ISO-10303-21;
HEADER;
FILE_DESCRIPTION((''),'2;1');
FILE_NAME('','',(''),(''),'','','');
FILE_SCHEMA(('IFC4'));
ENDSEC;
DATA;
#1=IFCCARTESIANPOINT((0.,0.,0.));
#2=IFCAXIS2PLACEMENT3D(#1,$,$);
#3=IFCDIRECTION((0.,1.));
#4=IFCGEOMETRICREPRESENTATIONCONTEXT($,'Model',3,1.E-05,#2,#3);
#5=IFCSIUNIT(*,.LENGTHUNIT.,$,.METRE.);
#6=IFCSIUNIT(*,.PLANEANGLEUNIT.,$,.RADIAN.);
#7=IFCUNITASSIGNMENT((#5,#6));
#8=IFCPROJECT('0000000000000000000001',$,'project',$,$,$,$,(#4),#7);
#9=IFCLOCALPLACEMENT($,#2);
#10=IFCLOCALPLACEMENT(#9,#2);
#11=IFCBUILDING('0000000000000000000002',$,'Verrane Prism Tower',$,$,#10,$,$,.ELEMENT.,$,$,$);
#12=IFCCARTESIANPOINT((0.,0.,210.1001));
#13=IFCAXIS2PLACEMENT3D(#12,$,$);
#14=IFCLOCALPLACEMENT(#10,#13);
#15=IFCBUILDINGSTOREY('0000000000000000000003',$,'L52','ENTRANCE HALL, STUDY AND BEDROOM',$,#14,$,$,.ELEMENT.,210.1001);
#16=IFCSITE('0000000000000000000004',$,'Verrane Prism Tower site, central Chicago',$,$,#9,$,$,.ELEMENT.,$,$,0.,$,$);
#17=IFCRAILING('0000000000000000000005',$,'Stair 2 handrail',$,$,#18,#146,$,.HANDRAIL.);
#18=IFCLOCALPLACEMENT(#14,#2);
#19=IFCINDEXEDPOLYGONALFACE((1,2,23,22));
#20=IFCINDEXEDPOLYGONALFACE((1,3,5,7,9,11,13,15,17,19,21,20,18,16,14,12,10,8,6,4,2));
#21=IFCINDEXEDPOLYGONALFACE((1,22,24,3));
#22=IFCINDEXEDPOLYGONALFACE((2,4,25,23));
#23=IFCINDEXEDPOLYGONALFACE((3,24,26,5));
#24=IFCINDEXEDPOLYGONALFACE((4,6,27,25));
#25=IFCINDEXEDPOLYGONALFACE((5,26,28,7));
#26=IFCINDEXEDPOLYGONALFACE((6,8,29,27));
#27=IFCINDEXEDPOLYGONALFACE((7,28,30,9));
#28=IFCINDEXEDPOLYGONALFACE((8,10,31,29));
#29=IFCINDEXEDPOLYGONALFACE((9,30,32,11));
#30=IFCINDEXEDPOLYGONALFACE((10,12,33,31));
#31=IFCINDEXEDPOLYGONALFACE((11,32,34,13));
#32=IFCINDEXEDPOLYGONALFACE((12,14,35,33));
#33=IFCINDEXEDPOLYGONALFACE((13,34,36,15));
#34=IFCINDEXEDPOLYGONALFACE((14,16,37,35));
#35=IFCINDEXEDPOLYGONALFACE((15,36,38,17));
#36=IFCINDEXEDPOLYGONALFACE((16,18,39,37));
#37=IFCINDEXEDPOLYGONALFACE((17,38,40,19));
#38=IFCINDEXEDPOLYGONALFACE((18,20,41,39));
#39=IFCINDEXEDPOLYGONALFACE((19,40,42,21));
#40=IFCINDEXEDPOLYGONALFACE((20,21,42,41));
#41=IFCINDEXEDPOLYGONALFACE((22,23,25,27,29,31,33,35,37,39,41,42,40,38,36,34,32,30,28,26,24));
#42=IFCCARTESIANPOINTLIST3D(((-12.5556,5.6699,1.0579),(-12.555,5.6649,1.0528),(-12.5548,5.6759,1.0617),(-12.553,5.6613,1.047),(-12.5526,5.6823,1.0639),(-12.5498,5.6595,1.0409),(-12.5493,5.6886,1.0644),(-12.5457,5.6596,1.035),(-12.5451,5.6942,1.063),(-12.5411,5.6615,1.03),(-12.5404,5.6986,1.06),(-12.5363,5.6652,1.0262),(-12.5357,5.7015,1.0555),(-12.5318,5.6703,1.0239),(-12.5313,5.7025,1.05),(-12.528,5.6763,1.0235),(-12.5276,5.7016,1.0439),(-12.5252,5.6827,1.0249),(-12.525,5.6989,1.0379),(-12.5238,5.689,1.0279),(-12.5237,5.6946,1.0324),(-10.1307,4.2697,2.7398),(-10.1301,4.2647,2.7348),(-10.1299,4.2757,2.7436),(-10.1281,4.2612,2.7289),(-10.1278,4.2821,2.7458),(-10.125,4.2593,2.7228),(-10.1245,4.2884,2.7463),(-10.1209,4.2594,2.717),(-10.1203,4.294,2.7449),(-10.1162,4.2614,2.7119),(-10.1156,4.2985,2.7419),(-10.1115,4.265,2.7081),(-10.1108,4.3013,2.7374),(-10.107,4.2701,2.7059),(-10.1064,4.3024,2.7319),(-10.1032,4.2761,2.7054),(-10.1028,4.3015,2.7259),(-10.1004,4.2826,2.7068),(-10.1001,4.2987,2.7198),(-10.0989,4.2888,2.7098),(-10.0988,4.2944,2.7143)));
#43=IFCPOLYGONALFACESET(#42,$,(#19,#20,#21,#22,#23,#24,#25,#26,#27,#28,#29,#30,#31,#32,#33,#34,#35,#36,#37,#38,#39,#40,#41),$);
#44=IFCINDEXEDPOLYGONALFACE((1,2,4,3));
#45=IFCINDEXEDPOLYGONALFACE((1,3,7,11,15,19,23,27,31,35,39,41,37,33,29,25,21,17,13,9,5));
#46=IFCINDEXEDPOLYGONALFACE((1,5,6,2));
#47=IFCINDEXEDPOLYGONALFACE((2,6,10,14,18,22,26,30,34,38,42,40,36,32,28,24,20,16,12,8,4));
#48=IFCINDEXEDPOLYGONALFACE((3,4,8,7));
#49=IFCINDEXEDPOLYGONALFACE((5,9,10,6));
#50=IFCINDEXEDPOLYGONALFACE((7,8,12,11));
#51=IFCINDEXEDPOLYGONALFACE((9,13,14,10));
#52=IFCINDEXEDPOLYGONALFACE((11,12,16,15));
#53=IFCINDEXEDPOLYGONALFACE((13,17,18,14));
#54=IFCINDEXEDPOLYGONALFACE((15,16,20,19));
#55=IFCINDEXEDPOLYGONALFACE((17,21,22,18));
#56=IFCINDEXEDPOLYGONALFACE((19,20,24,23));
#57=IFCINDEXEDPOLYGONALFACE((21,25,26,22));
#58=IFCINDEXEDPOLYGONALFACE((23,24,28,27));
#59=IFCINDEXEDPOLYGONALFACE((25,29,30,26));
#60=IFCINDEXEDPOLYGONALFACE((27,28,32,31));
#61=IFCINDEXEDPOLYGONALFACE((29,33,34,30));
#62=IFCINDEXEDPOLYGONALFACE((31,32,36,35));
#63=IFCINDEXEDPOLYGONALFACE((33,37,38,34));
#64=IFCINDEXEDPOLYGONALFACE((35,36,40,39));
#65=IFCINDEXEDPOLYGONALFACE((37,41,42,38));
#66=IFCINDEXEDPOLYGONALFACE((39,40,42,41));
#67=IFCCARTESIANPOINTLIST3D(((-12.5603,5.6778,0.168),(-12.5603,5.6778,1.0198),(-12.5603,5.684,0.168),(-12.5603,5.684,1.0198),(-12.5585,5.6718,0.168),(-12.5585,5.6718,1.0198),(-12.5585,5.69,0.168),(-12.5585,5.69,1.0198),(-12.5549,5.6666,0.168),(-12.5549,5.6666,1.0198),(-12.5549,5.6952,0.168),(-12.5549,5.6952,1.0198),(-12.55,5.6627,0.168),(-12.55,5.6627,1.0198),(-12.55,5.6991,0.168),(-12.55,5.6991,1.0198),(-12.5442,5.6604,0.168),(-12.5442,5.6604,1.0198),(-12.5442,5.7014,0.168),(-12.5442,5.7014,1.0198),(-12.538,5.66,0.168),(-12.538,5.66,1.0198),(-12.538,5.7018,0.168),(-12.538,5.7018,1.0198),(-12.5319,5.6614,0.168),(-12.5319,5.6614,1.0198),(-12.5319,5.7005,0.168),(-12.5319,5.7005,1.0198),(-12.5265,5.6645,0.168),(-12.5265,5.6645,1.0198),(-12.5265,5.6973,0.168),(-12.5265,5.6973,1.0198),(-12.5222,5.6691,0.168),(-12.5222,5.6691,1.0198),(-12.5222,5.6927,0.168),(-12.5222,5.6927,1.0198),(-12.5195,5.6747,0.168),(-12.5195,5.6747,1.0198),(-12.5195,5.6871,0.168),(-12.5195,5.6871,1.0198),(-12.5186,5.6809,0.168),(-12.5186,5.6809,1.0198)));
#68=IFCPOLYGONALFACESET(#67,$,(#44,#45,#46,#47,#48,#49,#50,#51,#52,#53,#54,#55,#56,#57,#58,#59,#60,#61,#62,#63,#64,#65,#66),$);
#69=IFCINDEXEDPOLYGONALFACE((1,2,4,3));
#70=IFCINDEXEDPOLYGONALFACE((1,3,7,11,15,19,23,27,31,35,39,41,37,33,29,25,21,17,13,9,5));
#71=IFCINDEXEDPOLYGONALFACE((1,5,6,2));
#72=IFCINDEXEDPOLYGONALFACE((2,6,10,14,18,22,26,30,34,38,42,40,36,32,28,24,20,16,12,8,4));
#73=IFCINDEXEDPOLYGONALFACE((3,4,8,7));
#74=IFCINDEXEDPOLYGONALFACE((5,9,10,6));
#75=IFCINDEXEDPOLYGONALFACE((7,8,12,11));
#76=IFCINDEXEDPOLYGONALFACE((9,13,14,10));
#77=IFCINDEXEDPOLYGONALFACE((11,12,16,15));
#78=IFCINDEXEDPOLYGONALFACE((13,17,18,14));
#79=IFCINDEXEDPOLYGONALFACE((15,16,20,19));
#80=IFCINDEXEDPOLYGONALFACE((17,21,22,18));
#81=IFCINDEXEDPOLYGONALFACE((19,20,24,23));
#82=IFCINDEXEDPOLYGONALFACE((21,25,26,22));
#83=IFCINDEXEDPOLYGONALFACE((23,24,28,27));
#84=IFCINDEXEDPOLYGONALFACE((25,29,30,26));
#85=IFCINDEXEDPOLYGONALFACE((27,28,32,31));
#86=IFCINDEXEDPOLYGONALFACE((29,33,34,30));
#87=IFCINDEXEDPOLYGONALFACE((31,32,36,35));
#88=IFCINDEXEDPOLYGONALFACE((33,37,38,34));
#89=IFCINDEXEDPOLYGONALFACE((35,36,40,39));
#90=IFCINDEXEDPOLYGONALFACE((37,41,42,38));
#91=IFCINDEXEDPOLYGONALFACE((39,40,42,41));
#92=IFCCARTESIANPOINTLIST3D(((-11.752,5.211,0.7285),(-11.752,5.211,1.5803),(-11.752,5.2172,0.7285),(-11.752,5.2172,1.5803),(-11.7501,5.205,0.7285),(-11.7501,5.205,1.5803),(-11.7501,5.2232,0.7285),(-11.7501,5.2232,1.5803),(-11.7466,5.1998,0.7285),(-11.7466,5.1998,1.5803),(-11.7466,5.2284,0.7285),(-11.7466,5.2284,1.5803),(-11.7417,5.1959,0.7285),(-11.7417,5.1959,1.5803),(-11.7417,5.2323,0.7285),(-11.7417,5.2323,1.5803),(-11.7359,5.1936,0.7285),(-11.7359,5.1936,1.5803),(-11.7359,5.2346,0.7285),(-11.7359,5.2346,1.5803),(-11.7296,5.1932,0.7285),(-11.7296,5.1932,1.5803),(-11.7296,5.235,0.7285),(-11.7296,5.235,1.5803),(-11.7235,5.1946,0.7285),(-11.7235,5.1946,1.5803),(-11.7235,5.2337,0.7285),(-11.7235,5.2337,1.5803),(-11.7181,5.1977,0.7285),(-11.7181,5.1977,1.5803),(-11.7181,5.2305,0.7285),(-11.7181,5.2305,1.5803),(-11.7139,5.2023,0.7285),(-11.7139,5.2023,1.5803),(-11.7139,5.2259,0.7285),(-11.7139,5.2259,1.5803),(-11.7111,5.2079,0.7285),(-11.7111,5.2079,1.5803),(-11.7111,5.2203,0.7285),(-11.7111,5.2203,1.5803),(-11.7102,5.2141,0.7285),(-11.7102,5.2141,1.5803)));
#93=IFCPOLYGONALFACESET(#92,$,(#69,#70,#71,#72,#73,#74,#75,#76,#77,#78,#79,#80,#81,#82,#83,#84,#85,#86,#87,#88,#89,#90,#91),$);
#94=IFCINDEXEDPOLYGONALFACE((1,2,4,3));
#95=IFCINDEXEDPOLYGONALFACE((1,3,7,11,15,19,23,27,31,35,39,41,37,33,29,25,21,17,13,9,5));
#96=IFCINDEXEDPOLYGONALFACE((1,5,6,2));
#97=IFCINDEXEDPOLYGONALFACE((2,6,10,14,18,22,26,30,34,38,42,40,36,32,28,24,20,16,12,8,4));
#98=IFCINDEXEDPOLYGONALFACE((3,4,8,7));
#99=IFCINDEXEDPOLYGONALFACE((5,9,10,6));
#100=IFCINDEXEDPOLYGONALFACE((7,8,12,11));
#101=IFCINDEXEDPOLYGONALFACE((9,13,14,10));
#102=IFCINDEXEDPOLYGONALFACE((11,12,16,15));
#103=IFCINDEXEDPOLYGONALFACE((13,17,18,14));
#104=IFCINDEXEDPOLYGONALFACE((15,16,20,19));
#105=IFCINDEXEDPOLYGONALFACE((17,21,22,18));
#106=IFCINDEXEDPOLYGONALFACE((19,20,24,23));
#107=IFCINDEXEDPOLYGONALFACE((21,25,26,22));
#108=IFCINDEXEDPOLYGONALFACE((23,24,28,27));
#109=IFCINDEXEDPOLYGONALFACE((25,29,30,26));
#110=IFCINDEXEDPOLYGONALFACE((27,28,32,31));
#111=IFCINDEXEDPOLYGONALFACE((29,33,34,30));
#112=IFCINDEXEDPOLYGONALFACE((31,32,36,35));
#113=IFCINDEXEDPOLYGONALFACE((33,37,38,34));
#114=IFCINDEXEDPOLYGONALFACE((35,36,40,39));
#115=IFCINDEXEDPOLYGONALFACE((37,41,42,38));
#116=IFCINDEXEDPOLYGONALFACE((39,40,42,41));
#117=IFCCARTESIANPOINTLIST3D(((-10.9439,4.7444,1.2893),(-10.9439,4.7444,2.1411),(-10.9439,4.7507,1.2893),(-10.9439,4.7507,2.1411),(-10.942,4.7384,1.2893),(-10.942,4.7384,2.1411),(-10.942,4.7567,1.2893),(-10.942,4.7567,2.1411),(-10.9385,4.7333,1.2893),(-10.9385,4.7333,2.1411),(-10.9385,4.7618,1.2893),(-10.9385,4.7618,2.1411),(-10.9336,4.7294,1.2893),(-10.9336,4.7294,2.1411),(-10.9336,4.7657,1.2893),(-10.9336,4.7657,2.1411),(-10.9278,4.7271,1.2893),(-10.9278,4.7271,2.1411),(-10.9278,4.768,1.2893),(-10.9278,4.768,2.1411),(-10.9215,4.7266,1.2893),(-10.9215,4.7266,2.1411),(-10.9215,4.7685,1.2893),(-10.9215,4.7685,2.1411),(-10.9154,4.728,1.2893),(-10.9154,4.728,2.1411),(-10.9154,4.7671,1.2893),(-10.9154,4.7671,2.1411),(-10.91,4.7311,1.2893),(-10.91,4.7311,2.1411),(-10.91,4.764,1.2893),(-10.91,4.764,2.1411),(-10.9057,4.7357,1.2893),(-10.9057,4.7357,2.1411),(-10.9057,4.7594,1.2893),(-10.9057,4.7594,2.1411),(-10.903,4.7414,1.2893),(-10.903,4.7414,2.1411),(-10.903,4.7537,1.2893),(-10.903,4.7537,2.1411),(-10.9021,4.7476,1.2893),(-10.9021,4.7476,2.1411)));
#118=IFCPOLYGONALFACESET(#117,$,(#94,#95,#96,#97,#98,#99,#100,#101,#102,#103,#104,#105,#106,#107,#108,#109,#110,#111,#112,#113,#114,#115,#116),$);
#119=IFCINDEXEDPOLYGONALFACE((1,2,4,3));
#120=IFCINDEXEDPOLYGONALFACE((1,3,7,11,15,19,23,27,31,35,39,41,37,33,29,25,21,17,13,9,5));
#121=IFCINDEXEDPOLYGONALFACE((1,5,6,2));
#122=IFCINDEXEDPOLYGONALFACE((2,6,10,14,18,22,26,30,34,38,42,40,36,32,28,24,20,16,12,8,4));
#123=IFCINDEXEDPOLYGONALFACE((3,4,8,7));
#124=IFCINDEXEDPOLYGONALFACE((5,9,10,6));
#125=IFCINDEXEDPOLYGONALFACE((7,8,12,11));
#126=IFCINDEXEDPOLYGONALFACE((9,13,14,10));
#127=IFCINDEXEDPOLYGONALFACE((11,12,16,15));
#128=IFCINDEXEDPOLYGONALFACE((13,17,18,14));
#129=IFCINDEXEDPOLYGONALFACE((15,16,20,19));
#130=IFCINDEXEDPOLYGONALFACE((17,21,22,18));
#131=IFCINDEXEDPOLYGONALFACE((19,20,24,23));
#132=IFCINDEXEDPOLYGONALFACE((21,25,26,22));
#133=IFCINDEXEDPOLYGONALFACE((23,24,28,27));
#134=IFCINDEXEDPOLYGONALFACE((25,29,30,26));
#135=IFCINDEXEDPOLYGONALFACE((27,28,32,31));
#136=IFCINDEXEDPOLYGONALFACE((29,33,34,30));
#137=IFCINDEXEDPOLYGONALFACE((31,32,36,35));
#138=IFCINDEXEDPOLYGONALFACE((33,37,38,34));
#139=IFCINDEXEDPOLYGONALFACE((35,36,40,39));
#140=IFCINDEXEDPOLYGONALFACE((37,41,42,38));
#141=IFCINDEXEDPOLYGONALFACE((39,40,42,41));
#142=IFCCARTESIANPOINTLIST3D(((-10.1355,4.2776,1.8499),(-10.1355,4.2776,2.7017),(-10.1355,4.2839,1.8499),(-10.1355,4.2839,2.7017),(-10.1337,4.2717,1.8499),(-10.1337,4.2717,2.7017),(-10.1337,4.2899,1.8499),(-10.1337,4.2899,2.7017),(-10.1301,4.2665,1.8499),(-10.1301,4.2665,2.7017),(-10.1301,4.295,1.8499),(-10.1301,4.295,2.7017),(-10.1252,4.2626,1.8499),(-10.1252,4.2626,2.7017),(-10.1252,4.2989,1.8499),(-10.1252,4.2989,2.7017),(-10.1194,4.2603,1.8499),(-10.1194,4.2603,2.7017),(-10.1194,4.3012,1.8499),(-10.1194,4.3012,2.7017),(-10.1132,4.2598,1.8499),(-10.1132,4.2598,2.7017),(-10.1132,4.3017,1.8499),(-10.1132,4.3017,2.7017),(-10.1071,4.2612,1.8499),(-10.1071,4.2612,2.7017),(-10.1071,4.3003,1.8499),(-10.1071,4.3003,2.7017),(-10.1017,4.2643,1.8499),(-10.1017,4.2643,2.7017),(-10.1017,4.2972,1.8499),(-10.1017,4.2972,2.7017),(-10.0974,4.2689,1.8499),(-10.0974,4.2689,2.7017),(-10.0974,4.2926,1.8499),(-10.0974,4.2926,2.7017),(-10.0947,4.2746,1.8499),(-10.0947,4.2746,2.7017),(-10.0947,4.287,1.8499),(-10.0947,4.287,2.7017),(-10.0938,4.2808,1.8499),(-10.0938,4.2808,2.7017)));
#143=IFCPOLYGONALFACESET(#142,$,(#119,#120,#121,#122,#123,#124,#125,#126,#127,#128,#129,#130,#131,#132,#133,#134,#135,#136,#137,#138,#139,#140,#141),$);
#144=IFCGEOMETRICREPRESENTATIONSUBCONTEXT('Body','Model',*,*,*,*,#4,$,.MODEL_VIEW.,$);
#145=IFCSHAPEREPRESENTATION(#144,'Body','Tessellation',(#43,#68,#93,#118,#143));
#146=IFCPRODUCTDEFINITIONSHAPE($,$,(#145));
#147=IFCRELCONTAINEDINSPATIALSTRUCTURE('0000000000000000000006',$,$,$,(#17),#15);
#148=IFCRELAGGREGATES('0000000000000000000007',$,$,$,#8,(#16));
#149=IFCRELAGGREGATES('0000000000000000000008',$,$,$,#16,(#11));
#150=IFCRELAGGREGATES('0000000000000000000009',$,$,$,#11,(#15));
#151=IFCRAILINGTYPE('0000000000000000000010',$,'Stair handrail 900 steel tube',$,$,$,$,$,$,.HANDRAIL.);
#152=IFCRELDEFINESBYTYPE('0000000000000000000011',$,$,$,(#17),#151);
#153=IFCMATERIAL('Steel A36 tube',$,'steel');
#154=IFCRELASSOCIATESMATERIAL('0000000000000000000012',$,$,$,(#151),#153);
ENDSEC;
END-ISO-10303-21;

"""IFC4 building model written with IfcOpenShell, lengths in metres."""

from ifc_helpers import new_model, si_unit, direction, frame, origin, origin_2d, place, context, subcontext, project, spatial, circle, extrude, material, type_object, element, save


model = new_model("IFC4")

# Units and contexts
model_context = context("Model", 3, precision=1e-05, world=origin(), true_north=direction((0.0, 1.0)))
body_context = subcontext(model_context, "Body", "Model", "MODEL_VIEW")
ifc_project = project(units=[si_unit("LENGTHUNIT", "METRE"), si_unit("PLANEANGLEUNIT", "RADIAN")], contexts=[model_context])

# Site, building, storey
site_placement = place(None, origin())
site = spatial("IfcSite", under=ifc_project, at=site_placement, Name="Verrane Prism Tower site, central Chicago", CompositionType="ELEMENT", RefElevation=0.0)
building_placement = place(site_placement, origin())
building = spatial("IfcBuilding", under=site, at=building_placement, Name="Verrane Prism Tower", CompositionType="ELEMENT")
storey_placement = place(building_placement, frame((0.0, 0.0, 210.1001)))
storey = spatial("IfcBuildingStorey", under=building, at=storey_placement, Name="L52", Description="ENTRANCE HALL, STUDY AND BEDROOM", CompositionType="ELEMENT", Elevation=210.1001)

# Railing
ifc_material_1 = material(Name="Steel A36 tube", Category="steel")
railing_type_1 = type_object("IfcRailingType", Name="Stair handrail 900 steel tube", PredefinedType="HANDRAIL", material=ifc_material_1)
railing_1_placement = place(storey_placement, frame((-12.5396, 5.6809, 0.168)))
element("IfcRailing", 1, at=railing_1_placement, inside=storey, type_object=railing_type_1, Name="Stair 2 handrail", PredefinedType="HANDRAIL", context=body_context, shape_type="SweptSolid", body=[
    extrude(circle(Radius=0.0239, at=origin_2d()), frame((0.0, 0.0, 0.876), z_axis=(0.742367, -0.428662, 0.514918), x_axis=(0.50005, 0.865997, 0.0)), (0.0, 0.0, 1.0), 3.2664),
    extrude(circle(Radius=0.021, at=origin_2d()), origin(), (0.0, 0.0, 1.0), 0.8518),
    extrude(circle(Radius=0.021, at=origin_2d()), frame((0.8083, -0.4668, 0.5605)), (0.0, 0.0, 1.0), 0.8518),
    extrude(circle(Radius=0.021, at=origin_2d()), frame((1.6165, -0.9333, 1.1213)), (0.0, 0.0, 1.0), 0.8518),
    extrude(circle(Radius=0.021, at=origin_2d()), frame((2.4248, -1.4001, 1.6819)), (0.0, 0.0, 1.0), 0.8518),
])

save(model, "model.ifc")
